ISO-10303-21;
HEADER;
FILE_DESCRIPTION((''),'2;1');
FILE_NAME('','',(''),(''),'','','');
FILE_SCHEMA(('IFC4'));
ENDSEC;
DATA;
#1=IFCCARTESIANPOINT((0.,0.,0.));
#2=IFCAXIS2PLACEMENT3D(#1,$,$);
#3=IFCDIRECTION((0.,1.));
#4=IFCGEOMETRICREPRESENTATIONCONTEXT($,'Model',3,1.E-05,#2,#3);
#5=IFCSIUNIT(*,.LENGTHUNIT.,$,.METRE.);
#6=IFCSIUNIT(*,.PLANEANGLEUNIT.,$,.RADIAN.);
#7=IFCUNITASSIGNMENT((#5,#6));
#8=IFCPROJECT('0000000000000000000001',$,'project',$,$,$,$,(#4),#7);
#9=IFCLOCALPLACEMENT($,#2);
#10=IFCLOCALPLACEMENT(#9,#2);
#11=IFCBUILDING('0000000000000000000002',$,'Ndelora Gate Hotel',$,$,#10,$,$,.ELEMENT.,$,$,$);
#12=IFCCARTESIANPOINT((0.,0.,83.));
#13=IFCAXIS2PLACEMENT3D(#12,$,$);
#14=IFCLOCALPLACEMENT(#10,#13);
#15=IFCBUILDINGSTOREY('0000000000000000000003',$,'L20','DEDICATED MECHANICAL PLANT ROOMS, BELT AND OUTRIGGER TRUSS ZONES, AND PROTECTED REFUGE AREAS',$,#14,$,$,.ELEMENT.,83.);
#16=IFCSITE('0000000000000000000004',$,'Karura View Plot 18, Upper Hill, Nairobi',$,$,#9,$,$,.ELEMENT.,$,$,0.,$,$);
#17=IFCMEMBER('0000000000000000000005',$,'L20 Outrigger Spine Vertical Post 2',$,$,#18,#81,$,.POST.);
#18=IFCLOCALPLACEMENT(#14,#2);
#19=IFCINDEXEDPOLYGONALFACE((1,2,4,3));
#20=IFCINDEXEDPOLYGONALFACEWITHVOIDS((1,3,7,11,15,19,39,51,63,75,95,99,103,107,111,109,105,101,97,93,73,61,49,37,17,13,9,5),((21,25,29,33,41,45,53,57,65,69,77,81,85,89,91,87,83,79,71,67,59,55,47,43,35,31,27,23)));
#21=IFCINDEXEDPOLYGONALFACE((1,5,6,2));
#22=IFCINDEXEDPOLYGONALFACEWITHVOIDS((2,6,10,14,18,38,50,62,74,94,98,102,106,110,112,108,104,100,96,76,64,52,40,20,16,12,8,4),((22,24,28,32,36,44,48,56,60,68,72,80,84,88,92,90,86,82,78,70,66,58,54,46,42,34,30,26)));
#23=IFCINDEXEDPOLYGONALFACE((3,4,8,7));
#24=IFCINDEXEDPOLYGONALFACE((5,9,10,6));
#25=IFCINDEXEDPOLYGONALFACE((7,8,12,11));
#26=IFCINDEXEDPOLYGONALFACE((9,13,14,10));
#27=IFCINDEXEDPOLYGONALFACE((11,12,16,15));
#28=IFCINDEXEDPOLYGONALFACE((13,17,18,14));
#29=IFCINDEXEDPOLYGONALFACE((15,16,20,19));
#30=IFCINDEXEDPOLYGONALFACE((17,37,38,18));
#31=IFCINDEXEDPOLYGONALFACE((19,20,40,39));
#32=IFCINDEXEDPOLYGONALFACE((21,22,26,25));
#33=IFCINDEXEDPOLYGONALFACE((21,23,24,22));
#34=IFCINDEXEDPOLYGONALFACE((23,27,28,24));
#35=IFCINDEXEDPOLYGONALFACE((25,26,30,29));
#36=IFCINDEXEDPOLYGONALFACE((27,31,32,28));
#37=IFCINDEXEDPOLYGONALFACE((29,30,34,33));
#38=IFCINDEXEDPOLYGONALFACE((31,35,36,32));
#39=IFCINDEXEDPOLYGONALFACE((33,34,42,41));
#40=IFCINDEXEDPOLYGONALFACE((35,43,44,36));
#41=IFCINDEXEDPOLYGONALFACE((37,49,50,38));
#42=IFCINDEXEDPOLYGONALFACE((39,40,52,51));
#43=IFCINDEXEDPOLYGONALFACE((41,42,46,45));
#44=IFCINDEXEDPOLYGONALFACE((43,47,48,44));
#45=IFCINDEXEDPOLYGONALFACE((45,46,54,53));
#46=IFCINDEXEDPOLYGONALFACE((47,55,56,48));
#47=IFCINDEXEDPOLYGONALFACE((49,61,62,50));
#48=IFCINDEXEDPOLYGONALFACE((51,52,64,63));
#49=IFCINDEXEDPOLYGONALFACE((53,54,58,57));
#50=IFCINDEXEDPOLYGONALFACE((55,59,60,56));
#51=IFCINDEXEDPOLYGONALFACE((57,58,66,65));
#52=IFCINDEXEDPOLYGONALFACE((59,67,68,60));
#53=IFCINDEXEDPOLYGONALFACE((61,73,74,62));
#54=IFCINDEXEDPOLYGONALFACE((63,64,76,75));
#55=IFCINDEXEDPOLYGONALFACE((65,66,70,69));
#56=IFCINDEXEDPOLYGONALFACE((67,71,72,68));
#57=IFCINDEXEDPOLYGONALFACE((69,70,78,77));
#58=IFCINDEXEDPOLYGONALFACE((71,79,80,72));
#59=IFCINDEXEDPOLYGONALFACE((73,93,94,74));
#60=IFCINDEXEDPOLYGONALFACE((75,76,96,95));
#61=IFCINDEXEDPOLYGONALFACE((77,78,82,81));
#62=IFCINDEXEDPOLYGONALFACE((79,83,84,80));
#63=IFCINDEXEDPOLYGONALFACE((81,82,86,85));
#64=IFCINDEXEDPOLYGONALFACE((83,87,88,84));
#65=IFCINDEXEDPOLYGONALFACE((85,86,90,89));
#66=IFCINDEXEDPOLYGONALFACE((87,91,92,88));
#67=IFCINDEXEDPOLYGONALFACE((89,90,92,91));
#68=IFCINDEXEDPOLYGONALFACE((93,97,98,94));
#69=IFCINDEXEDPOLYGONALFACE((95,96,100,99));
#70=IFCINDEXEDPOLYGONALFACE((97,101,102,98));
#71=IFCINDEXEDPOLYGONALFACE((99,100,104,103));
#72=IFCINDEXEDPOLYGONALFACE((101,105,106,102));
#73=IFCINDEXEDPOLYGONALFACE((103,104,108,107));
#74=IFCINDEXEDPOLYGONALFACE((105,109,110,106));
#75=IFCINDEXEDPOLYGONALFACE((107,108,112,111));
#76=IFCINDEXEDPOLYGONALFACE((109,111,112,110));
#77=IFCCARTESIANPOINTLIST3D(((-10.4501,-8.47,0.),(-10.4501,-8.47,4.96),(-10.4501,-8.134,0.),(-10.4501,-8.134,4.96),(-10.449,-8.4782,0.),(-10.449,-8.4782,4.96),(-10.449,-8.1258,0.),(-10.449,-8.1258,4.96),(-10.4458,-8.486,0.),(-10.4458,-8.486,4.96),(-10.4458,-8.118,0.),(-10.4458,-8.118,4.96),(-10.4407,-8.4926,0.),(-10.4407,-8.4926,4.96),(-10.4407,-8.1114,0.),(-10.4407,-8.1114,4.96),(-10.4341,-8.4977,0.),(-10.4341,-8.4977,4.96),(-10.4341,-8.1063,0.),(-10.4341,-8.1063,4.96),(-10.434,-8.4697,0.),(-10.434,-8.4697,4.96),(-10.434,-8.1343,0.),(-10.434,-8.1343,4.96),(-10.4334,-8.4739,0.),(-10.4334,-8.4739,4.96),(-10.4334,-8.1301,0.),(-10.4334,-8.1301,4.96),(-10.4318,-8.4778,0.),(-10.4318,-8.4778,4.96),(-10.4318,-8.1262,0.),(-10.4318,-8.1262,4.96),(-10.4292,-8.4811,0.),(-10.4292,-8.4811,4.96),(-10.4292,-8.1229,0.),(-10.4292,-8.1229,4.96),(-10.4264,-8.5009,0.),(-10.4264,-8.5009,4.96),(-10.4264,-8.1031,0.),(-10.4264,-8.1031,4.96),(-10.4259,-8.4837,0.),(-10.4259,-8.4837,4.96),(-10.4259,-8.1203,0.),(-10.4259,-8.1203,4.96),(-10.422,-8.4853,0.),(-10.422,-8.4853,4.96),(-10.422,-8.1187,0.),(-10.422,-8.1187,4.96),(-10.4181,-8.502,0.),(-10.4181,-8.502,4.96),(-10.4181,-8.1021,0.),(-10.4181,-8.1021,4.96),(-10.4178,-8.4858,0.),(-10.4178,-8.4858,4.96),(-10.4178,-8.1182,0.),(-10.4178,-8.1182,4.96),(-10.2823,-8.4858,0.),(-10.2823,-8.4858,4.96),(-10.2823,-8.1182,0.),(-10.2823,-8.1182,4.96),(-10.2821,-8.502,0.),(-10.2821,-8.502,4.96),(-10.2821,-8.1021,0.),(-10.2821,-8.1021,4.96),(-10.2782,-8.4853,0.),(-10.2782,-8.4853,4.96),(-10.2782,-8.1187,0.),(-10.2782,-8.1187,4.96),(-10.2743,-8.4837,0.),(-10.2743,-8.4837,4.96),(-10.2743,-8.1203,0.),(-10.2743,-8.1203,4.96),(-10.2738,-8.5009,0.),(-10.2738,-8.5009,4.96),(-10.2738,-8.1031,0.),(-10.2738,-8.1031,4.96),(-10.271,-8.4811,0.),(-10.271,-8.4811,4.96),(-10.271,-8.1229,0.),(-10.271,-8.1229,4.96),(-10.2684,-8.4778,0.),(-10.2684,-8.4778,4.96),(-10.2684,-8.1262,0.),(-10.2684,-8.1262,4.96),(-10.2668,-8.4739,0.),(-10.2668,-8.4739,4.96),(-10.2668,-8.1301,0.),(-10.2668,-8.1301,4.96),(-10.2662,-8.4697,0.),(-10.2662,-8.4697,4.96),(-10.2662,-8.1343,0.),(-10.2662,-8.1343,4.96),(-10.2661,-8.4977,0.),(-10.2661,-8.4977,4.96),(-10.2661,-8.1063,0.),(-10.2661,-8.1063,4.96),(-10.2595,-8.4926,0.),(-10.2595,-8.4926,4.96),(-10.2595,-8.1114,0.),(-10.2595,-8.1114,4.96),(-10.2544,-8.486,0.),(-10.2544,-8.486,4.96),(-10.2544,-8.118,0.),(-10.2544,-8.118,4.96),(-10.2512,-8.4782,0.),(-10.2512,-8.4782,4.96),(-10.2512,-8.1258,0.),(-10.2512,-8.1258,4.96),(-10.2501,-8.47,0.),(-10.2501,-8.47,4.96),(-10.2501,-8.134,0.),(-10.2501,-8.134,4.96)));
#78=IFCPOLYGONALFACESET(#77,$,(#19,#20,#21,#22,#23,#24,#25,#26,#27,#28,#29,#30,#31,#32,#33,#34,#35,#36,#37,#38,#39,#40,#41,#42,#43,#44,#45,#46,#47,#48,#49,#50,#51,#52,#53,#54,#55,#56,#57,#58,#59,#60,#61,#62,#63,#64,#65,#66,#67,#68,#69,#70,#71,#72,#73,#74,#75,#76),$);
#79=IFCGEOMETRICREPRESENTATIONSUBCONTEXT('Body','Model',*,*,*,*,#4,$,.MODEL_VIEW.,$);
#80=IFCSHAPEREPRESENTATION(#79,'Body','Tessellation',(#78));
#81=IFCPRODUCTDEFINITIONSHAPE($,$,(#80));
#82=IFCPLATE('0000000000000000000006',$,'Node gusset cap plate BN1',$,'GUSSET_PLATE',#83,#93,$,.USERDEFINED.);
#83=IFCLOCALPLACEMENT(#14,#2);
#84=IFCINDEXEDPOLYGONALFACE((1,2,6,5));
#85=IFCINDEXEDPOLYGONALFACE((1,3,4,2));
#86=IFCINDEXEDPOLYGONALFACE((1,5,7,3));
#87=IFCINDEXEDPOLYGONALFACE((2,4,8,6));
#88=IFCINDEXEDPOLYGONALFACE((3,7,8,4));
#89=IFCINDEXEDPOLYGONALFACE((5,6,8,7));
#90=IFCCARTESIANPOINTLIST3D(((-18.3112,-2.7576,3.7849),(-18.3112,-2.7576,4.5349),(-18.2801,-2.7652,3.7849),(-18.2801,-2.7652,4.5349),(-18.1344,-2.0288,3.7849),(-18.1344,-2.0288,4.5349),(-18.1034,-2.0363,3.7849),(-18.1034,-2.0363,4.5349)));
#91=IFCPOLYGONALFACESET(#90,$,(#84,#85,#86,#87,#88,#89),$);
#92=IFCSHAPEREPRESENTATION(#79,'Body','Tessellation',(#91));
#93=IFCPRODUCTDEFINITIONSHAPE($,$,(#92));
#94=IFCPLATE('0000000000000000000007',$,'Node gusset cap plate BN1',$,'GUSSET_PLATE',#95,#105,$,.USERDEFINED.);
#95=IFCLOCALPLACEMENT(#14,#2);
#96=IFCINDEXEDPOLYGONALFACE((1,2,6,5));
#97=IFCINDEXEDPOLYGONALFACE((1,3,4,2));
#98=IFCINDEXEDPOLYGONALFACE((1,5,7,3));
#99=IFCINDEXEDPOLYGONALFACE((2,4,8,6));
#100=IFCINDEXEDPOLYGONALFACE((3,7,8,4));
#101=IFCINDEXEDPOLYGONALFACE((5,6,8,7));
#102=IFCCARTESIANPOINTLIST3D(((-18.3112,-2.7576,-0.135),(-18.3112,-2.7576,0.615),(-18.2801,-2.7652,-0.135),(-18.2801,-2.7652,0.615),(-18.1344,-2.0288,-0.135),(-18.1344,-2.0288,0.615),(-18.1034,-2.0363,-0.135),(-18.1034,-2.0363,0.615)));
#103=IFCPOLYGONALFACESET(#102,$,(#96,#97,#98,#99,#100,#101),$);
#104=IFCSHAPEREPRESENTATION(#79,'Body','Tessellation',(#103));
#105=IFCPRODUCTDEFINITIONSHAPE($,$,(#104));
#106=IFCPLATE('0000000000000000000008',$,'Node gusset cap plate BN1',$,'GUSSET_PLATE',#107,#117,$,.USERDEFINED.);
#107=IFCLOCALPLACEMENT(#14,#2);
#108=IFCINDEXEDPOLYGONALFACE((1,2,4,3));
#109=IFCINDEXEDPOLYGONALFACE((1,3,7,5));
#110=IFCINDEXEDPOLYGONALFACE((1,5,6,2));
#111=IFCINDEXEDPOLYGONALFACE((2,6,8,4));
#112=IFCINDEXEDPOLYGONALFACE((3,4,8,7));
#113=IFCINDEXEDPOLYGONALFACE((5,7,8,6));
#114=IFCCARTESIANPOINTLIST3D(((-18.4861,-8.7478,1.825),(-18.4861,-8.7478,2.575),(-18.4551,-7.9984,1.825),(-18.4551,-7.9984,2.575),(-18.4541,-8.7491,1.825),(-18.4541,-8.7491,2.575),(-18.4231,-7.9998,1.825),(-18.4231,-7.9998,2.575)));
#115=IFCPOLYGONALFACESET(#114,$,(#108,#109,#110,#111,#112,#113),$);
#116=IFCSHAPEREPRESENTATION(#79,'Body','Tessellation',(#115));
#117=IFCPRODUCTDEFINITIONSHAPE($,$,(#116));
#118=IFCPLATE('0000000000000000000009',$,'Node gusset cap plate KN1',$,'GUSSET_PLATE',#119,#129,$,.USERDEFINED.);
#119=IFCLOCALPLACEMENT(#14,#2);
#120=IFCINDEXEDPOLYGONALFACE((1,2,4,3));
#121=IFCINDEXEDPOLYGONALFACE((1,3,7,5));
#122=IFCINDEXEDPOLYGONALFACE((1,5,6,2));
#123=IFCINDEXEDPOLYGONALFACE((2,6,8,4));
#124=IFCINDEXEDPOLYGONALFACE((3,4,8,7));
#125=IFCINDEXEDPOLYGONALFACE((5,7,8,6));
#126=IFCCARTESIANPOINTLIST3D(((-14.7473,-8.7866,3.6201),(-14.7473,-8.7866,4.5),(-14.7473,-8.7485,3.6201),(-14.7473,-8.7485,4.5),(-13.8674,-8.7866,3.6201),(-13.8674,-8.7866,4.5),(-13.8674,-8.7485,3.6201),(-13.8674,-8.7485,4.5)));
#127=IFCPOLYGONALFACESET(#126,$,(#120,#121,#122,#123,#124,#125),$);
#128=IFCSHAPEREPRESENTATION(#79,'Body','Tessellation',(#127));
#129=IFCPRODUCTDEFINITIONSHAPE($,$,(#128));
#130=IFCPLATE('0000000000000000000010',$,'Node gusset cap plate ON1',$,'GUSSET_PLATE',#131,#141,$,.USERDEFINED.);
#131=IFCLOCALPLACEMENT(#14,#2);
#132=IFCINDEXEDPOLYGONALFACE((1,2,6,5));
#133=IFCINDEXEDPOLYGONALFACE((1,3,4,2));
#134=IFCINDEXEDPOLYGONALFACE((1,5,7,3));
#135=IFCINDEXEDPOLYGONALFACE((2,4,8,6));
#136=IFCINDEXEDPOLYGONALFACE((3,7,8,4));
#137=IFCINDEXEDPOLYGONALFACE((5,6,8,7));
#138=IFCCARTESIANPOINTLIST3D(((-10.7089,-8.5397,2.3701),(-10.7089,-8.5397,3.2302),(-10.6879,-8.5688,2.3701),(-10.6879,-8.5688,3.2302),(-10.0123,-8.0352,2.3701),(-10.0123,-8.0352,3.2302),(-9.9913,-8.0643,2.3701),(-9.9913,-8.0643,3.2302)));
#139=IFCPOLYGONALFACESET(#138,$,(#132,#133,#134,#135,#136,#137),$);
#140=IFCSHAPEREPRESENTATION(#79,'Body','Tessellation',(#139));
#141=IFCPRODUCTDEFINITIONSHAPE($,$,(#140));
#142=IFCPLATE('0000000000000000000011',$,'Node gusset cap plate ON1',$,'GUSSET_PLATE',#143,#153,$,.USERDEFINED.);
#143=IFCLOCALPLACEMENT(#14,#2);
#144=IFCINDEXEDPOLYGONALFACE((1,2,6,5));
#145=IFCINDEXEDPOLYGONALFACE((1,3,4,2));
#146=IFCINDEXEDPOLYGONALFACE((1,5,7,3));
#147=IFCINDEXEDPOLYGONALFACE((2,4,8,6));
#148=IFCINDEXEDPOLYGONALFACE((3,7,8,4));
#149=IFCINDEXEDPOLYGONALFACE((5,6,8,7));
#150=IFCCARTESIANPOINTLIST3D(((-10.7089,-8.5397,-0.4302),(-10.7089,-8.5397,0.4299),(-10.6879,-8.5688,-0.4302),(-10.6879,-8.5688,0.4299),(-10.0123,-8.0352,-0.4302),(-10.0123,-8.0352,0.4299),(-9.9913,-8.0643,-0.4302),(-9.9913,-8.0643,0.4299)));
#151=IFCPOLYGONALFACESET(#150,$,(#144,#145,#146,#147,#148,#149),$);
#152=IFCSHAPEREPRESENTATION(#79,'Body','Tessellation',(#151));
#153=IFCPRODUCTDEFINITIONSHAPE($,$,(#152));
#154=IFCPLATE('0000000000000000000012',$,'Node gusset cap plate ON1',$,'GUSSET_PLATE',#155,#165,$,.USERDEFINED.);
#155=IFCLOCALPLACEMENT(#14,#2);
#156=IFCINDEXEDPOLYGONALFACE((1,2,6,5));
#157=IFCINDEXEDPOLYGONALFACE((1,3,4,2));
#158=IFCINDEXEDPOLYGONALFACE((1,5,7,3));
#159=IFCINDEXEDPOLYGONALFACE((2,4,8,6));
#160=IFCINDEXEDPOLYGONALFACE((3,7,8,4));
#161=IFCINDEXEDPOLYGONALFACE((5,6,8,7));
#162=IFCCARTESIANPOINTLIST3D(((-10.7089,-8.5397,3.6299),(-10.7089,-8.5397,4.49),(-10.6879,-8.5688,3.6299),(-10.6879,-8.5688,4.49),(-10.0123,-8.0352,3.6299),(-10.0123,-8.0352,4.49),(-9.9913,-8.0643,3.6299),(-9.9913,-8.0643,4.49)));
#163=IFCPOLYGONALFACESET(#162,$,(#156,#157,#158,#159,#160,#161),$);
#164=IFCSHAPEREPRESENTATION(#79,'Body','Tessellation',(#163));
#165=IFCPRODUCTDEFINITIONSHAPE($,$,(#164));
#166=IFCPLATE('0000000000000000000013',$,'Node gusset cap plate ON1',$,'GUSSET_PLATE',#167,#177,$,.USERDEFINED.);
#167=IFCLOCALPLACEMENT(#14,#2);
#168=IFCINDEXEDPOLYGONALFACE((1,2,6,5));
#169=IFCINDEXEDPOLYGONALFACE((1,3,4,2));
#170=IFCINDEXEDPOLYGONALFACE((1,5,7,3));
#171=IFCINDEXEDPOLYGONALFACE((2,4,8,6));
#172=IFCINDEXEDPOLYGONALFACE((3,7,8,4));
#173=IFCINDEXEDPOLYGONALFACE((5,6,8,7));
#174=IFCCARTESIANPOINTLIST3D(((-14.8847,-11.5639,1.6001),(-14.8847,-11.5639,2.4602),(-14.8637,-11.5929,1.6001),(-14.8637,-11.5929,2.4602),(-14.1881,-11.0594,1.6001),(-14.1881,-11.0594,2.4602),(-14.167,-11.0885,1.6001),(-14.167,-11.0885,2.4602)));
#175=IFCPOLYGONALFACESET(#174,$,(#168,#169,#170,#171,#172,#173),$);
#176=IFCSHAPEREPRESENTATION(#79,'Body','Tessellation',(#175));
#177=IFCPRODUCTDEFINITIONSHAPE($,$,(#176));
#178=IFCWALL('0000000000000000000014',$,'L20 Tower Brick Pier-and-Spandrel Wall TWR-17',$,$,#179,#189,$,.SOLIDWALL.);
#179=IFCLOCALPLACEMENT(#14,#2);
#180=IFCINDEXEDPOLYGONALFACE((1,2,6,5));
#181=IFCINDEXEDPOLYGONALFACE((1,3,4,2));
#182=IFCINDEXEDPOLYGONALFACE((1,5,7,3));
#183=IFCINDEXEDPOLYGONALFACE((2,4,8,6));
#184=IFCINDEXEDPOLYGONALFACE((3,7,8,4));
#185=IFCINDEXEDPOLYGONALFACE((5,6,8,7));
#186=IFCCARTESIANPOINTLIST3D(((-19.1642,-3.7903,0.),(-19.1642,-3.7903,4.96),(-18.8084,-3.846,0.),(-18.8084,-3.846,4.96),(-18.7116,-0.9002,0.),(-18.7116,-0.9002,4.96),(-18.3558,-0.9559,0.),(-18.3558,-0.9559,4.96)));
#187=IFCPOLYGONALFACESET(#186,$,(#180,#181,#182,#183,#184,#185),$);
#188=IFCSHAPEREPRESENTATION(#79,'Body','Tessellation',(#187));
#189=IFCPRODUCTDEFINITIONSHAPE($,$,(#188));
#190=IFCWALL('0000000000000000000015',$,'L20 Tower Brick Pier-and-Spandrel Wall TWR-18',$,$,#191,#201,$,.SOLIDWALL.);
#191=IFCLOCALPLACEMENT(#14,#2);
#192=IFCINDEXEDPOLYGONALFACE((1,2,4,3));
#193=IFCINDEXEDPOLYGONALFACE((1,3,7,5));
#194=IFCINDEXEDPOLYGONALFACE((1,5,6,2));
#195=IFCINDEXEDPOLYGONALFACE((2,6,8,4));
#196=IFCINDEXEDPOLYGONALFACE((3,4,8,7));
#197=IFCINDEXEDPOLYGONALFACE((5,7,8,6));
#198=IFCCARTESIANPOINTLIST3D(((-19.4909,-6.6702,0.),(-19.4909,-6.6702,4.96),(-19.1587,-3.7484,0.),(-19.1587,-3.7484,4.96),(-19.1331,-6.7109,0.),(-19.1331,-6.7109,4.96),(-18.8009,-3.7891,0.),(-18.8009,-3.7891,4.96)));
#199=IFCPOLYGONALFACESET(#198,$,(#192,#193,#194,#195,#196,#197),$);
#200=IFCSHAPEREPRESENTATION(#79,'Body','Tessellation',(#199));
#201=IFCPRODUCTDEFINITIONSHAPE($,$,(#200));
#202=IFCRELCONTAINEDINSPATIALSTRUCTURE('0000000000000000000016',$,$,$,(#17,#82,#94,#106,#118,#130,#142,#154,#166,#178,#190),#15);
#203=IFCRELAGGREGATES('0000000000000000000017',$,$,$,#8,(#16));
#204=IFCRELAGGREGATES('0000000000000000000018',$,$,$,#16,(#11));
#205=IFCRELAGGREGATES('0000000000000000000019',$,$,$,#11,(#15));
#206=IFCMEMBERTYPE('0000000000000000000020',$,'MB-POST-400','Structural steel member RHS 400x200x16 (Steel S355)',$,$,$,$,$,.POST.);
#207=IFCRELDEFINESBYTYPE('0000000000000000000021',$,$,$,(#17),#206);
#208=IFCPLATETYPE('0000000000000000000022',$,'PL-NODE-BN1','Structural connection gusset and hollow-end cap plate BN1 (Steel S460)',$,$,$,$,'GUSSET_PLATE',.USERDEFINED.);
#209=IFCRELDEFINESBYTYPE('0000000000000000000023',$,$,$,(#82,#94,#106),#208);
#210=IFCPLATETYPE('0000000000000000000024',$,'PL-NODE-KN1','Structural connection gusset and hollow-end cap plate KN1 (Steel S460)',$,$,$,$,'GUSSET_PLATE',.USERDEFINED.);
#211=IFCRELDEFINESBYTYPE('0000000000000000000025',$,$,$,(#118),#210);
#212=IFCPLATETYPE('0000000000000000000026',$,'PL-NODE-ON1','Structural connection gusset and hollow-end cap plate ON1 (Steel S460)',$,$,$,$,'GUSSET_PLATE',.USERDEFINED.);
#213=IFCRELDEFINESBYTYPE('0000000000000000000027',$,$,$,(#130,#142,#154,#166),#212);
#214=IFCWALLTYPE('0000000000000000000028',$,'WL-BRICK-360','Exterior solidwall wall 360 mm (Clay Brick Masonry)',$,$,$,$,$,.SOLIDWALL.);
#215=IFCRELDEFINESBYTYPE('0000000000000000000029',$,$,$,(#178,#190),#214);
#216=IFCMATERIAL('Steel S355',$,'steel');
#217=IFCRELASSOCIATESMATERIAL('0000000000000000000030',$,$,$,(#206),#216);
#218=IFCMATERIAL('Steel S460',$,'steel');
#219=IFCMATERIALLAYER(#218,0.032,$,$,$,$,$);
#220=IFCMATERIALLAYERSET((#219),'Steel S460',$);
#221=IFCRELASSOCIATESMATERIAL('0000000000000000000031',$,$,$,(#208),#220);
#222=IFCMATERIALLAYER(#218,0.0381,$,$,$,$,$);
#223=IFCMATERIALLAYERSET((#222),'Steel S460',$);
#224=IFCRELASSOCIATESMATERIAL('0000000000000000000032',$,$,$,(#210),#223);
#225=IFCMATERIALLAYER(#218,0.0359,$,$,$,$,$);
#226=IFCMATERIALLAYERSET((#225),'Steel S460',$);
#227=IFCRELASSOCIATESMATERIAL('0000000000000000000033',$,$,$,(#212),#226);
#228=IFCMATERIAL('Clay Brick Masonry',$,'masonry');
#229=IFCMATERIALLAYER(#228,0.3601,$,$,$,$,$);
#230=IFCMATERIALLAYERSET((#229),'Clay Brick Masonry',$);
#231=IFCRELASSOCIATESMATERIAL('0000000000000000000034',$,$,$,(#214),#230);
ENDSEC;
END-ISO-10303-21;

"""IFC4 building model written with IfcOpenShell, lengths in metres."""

from ifc_helpers import new_model, si_unit, direction, frame, frame_2d, origin, origin_2d, place, context, subcontext, project, spatial, rectangle, hollow_rectangle, extrude, material, layer, layer_set, material_profile, profile_set, type_object, element, save


model = new_model("IFC4")

# Units and contexts
model_context = context("Model", 3, precision=1e-05, world=origin(), true_north=direction((0.0, 1.0)))
body_context = subcontext(model_context, "Body", "Model", "MODEL_VIEW")
ifc_project = project(units=[si_unit("LENGTHUNIT", "METRE"), si_unit("PLANEANGLEUNIT", "RADIAN")], contexts=[model_context])

# Site, building, storey
site_placement = place(None, origin())
site = spatial("IfcSite", under=ifc_project, at=site_placement, Name="Karura View Plot 18, Upper Hill, Nairobi", CompositionType="ELEMENT", RefElevation=0.0)
building_placement = place(site_placement, origin())
building = spatial("IfcBuilding", under=site, at=building_placement, Name="Ndelora Gate Hotel", CompositionType="ELEMENT")
storey_placement = place(building_placement, frame((0.0, 0.0, 83.0)))
storey = spatial("IfcBuildingStorey", under=building, at=storey_placement, Name="L20", Description="DEDICATED MECHANICAL PLANT ROOMS, BELT AND OUTRIGGER TRUSS ZONES, AND PROTECTED REFUGE AREAS", CompositionType="ELEMENT", Elevation=83.0)

# Shared definitions
ifc_material_1 = material(Name="Steel S460", Category="steel")

# Member
ifc_material_2 = material(Name="Steel S355", Category="steel")
ifc_material_profile_1 = material_profile(ifc_material_2, hollow_rectangle(XDim=0.2, YDim=0.3999, WallThickness=0.0161, InnerFilletRadius=0.0161, OuterFilletRadius=0.032, at=origin_2d()), Name="RHS 400x200x16")
ifc_profile_set_1 = profile_set([ifc_material_profile_1], Name="Steel S355")
member_type_1 = type_object("IfcMemberType", Name="MB-POST-400", Description="Structural steel member RHS 400x200x16 (Steel S355)", PredefinedType="POST", material=ifc_profile_set_1)
member_1_placement = place(storey_placement, frame((-10.3501, -8.302, 0.0), z_axis=(0.0, 0.0, 1.0), x_axis=(1.0, 0.0, 0.0)))
element("IfcMember", 1, at=member_1_placement, inside=storey, type_object=member_type_1, Name="L20 Outrigger Spine Vertical Post 2", PredefinedType="POST", context=body_context, shape_type="SweptSolid", body=[
    extrude(hollow_rectangle(XDim=0.2, YDim=0.3999, WallThickness=0.0161, InnerFilletRadius=0.0161, OuterFilletRadius=0.032, at=origin_2d()), origin(), (0.0, 0.0, 1.0), 4.96),
])

# Plates
ifc_layer_1 = layer(ifc_material_1, 0.032)
ifc_layer_set_1 = layer_set([ifc_layer_1], Name="Steel S460")
plate_type_1 = type_object("IfcPlateType", Name="PL-NODE-BN1", Description="Structural connection gusset and hollow-end cap plate BN1 (Steel S460)", ElementType="GUSSET_PLATE", PredefinedType="USERDEFINED", material=ifc_layer_set_1)
for number, where, z_axis, x_axis, name in (
    (2, (-18.2073, -2.397, 3.7849), (0.0, 0.0, 1.0), (0.235651, 0.971838, 0.0), "Node gusset cap plate BN1"),
    (3, (-18.2073, -2.397, -0.135), (0.0, 0.0, 1.0), (0.235651, 0.971838, 0.0), "Node gusset cap plate BN1"),
    (4, (-18.4546, -8.3738, 1.825), (0.0, 0.0, 1.0), (0.041353, 0.999145, 0.0), "Node gusset cap plate BN1"),
):
    element("IfcPlate", number, at=place(storey_placement, frame(where, z_axis=z_axis, x_axis=x_axis)), inside=storey, type_object=plate_type_1, Name=name, ObjectType="GUSSET_PLATE", PredefinedType="USERDEFINED", context=body_context, shape_type="SweptSolid", body=[
        extrude(rectangle(XDim=0.75, YDim=0.032, at=origin_2d()), origin(), (0.0, 0.0, 1.0), 0.75),
    ])
ifc_layer_2 = layer(ifc_material_1, 0.0381)
ifc_layer_set_2 = layer_set([ifc_layer_2], Name="Steel S460")
plate_type_2 = type_object("IfcPlateType", Name="PL-NODE-KN1", Description="Structural connection gusset and hollow-end cap plate KN1 (Steel S460)", ElementType="GUSSET_PLATE", PredefinedType="USERDEFINED", material=ifc_layer_set_2)
plate_placement = place(storey_placement, frame((-14.3074, -8.7676, 3.6201), z_axis=(0.0, 0.0, 1.0), x_axis=(1.0, 0.0, 0.0)))
element("IfcPlate", 5, at=plate_placement, inside=storey, type_object=plate_type_2, Name="Node gusset cap plate KN1", ObjectType="GUSSET_PLATE", PredefinedType="USERDEFINED", context=body_context, shape_type="SweptSolid", body=[
    extrude(rectangle(XDim=0.8799, YDim=0.0381, at=origin_2d()), origin(), (0.0, 0.0, 1.0), 0.8799),
])
ifc_layer_3 = layer(ifc_material_1, 0.0359)
ifc_layer_set_3 = layer_set([ifc_layer_3], Name="Steel S460")
plate_type_3 = type_object("IfcPlateType", Name="PL-NODE-ON1", Description="Structural connection gusset and hollow-end cap plate ON1 (Steel S460)", ElementType="GUSSET_PLATE", PredefinedType="USERDEFINED", material=ifc_layer_set_3)
for number, where, z_axis, x_axis, name in (
    (6, (-10.3501, -8.302, 2.3701), (0.0, 0.0, 1.0), (0.809939, 0.586514, 0.0), "Node gusset cap plate ON1"),
    (7, (-10.3501, -8.302, -0.4302), (0.0, 0.0, 1.0), (0.809939, 0.586514, 0.0), "Node gusset cap plate ON1"),
    (8, (-10.3501, -8.302, 3.6299), (0.0, 0.0, 1.0), (0.809939, 0.586514, 0.0), "Node gusset cap plate ON1"),
    (9, (-14.5259, -11.3262, 1.6001), (0.0, 0.0, 1.0), (0.809939, 0.586514, 0.0), "Node gusset cap plate ON1"),
):
    element("IfcPlate", number, at=place(storey_placement, frame(where, z_axis=z_axis, x_axis=x_axis)), inside=storey, type_object=plate_type_3, Name=name, ObjectType="GUSSET_PLATE", PredefinedType="USERDEFINED", context=body_context, shape_type="SweptSolid", body=[
        extrude(rectangle(XDim=0.8601, YDim=0.0359, at=origin_2d()), origin(), (0.0, 0.0, 1.0), 0.8601),
    ])

# Walls
ifc_material_3 = material(Name="Clay Brick Masonry", Category="masonry")
ifc_layer_4 = layer(ifc_material_3, 0.3601)
ifc_layer_set_4 = layer_set([ifc_layer_4], Name="Clay Brick Masonry")
wall_type_1 = type_object("IfcWallType", Name="WL-BRICK-360", Description="Exterior solidwall wall 360 mm (Clay Brick Masonry)", PredefinedType="SOLIDWALL", material=ifc_layer_set_4)
wall_1_placement = place(storey_placement, frame((-18.9863, -3.8181, 0.0), z_axis=(0.0, 0.0, 1.0), x_axis=(0.154728, 0.987957, 0.0)))
element("IfcWall", 10, at=wall_1_placement, inside=storey, type_object=wall_type_1, Name="L20 Tower Brick Pier-and-Spandrel Wall TWR-17", PredefinedType="SOLIDWALL", context=body_context, shape_type="SweptSolid", body=[
    extrude(rectangle(XDim=2.9253, YDim=0.3601, at=frame_2d((1.4626, 0.0))), origin(), (0.0, 0.0, 1.0), 4.96),
])
wall_2_placement = place(storey_placement, frame((-19.312, -6.6904, 0.0), z_axis=(0.0, 0.0, 1.0), x_axis=(0.112992, 0.993596, 0.0)))
element("IfcWall", 11, at=wall_2_placement, inside=storey, type_object=wall_type_1, Name="L20 Tower Brick Pier-and-Spandrel Wall TWR-18", PredefinedType="SOLIDWALL", context=body_context, shape_type="SweptSolid", body=[
    extrude(rectangle(XDim=2.9407, YDim=0.3601, at=frame_2d((1.4702, 0.0))), origin(), (0.0, 0.0, 1.0), 4.96),
])

save(model, "model.ifc")
